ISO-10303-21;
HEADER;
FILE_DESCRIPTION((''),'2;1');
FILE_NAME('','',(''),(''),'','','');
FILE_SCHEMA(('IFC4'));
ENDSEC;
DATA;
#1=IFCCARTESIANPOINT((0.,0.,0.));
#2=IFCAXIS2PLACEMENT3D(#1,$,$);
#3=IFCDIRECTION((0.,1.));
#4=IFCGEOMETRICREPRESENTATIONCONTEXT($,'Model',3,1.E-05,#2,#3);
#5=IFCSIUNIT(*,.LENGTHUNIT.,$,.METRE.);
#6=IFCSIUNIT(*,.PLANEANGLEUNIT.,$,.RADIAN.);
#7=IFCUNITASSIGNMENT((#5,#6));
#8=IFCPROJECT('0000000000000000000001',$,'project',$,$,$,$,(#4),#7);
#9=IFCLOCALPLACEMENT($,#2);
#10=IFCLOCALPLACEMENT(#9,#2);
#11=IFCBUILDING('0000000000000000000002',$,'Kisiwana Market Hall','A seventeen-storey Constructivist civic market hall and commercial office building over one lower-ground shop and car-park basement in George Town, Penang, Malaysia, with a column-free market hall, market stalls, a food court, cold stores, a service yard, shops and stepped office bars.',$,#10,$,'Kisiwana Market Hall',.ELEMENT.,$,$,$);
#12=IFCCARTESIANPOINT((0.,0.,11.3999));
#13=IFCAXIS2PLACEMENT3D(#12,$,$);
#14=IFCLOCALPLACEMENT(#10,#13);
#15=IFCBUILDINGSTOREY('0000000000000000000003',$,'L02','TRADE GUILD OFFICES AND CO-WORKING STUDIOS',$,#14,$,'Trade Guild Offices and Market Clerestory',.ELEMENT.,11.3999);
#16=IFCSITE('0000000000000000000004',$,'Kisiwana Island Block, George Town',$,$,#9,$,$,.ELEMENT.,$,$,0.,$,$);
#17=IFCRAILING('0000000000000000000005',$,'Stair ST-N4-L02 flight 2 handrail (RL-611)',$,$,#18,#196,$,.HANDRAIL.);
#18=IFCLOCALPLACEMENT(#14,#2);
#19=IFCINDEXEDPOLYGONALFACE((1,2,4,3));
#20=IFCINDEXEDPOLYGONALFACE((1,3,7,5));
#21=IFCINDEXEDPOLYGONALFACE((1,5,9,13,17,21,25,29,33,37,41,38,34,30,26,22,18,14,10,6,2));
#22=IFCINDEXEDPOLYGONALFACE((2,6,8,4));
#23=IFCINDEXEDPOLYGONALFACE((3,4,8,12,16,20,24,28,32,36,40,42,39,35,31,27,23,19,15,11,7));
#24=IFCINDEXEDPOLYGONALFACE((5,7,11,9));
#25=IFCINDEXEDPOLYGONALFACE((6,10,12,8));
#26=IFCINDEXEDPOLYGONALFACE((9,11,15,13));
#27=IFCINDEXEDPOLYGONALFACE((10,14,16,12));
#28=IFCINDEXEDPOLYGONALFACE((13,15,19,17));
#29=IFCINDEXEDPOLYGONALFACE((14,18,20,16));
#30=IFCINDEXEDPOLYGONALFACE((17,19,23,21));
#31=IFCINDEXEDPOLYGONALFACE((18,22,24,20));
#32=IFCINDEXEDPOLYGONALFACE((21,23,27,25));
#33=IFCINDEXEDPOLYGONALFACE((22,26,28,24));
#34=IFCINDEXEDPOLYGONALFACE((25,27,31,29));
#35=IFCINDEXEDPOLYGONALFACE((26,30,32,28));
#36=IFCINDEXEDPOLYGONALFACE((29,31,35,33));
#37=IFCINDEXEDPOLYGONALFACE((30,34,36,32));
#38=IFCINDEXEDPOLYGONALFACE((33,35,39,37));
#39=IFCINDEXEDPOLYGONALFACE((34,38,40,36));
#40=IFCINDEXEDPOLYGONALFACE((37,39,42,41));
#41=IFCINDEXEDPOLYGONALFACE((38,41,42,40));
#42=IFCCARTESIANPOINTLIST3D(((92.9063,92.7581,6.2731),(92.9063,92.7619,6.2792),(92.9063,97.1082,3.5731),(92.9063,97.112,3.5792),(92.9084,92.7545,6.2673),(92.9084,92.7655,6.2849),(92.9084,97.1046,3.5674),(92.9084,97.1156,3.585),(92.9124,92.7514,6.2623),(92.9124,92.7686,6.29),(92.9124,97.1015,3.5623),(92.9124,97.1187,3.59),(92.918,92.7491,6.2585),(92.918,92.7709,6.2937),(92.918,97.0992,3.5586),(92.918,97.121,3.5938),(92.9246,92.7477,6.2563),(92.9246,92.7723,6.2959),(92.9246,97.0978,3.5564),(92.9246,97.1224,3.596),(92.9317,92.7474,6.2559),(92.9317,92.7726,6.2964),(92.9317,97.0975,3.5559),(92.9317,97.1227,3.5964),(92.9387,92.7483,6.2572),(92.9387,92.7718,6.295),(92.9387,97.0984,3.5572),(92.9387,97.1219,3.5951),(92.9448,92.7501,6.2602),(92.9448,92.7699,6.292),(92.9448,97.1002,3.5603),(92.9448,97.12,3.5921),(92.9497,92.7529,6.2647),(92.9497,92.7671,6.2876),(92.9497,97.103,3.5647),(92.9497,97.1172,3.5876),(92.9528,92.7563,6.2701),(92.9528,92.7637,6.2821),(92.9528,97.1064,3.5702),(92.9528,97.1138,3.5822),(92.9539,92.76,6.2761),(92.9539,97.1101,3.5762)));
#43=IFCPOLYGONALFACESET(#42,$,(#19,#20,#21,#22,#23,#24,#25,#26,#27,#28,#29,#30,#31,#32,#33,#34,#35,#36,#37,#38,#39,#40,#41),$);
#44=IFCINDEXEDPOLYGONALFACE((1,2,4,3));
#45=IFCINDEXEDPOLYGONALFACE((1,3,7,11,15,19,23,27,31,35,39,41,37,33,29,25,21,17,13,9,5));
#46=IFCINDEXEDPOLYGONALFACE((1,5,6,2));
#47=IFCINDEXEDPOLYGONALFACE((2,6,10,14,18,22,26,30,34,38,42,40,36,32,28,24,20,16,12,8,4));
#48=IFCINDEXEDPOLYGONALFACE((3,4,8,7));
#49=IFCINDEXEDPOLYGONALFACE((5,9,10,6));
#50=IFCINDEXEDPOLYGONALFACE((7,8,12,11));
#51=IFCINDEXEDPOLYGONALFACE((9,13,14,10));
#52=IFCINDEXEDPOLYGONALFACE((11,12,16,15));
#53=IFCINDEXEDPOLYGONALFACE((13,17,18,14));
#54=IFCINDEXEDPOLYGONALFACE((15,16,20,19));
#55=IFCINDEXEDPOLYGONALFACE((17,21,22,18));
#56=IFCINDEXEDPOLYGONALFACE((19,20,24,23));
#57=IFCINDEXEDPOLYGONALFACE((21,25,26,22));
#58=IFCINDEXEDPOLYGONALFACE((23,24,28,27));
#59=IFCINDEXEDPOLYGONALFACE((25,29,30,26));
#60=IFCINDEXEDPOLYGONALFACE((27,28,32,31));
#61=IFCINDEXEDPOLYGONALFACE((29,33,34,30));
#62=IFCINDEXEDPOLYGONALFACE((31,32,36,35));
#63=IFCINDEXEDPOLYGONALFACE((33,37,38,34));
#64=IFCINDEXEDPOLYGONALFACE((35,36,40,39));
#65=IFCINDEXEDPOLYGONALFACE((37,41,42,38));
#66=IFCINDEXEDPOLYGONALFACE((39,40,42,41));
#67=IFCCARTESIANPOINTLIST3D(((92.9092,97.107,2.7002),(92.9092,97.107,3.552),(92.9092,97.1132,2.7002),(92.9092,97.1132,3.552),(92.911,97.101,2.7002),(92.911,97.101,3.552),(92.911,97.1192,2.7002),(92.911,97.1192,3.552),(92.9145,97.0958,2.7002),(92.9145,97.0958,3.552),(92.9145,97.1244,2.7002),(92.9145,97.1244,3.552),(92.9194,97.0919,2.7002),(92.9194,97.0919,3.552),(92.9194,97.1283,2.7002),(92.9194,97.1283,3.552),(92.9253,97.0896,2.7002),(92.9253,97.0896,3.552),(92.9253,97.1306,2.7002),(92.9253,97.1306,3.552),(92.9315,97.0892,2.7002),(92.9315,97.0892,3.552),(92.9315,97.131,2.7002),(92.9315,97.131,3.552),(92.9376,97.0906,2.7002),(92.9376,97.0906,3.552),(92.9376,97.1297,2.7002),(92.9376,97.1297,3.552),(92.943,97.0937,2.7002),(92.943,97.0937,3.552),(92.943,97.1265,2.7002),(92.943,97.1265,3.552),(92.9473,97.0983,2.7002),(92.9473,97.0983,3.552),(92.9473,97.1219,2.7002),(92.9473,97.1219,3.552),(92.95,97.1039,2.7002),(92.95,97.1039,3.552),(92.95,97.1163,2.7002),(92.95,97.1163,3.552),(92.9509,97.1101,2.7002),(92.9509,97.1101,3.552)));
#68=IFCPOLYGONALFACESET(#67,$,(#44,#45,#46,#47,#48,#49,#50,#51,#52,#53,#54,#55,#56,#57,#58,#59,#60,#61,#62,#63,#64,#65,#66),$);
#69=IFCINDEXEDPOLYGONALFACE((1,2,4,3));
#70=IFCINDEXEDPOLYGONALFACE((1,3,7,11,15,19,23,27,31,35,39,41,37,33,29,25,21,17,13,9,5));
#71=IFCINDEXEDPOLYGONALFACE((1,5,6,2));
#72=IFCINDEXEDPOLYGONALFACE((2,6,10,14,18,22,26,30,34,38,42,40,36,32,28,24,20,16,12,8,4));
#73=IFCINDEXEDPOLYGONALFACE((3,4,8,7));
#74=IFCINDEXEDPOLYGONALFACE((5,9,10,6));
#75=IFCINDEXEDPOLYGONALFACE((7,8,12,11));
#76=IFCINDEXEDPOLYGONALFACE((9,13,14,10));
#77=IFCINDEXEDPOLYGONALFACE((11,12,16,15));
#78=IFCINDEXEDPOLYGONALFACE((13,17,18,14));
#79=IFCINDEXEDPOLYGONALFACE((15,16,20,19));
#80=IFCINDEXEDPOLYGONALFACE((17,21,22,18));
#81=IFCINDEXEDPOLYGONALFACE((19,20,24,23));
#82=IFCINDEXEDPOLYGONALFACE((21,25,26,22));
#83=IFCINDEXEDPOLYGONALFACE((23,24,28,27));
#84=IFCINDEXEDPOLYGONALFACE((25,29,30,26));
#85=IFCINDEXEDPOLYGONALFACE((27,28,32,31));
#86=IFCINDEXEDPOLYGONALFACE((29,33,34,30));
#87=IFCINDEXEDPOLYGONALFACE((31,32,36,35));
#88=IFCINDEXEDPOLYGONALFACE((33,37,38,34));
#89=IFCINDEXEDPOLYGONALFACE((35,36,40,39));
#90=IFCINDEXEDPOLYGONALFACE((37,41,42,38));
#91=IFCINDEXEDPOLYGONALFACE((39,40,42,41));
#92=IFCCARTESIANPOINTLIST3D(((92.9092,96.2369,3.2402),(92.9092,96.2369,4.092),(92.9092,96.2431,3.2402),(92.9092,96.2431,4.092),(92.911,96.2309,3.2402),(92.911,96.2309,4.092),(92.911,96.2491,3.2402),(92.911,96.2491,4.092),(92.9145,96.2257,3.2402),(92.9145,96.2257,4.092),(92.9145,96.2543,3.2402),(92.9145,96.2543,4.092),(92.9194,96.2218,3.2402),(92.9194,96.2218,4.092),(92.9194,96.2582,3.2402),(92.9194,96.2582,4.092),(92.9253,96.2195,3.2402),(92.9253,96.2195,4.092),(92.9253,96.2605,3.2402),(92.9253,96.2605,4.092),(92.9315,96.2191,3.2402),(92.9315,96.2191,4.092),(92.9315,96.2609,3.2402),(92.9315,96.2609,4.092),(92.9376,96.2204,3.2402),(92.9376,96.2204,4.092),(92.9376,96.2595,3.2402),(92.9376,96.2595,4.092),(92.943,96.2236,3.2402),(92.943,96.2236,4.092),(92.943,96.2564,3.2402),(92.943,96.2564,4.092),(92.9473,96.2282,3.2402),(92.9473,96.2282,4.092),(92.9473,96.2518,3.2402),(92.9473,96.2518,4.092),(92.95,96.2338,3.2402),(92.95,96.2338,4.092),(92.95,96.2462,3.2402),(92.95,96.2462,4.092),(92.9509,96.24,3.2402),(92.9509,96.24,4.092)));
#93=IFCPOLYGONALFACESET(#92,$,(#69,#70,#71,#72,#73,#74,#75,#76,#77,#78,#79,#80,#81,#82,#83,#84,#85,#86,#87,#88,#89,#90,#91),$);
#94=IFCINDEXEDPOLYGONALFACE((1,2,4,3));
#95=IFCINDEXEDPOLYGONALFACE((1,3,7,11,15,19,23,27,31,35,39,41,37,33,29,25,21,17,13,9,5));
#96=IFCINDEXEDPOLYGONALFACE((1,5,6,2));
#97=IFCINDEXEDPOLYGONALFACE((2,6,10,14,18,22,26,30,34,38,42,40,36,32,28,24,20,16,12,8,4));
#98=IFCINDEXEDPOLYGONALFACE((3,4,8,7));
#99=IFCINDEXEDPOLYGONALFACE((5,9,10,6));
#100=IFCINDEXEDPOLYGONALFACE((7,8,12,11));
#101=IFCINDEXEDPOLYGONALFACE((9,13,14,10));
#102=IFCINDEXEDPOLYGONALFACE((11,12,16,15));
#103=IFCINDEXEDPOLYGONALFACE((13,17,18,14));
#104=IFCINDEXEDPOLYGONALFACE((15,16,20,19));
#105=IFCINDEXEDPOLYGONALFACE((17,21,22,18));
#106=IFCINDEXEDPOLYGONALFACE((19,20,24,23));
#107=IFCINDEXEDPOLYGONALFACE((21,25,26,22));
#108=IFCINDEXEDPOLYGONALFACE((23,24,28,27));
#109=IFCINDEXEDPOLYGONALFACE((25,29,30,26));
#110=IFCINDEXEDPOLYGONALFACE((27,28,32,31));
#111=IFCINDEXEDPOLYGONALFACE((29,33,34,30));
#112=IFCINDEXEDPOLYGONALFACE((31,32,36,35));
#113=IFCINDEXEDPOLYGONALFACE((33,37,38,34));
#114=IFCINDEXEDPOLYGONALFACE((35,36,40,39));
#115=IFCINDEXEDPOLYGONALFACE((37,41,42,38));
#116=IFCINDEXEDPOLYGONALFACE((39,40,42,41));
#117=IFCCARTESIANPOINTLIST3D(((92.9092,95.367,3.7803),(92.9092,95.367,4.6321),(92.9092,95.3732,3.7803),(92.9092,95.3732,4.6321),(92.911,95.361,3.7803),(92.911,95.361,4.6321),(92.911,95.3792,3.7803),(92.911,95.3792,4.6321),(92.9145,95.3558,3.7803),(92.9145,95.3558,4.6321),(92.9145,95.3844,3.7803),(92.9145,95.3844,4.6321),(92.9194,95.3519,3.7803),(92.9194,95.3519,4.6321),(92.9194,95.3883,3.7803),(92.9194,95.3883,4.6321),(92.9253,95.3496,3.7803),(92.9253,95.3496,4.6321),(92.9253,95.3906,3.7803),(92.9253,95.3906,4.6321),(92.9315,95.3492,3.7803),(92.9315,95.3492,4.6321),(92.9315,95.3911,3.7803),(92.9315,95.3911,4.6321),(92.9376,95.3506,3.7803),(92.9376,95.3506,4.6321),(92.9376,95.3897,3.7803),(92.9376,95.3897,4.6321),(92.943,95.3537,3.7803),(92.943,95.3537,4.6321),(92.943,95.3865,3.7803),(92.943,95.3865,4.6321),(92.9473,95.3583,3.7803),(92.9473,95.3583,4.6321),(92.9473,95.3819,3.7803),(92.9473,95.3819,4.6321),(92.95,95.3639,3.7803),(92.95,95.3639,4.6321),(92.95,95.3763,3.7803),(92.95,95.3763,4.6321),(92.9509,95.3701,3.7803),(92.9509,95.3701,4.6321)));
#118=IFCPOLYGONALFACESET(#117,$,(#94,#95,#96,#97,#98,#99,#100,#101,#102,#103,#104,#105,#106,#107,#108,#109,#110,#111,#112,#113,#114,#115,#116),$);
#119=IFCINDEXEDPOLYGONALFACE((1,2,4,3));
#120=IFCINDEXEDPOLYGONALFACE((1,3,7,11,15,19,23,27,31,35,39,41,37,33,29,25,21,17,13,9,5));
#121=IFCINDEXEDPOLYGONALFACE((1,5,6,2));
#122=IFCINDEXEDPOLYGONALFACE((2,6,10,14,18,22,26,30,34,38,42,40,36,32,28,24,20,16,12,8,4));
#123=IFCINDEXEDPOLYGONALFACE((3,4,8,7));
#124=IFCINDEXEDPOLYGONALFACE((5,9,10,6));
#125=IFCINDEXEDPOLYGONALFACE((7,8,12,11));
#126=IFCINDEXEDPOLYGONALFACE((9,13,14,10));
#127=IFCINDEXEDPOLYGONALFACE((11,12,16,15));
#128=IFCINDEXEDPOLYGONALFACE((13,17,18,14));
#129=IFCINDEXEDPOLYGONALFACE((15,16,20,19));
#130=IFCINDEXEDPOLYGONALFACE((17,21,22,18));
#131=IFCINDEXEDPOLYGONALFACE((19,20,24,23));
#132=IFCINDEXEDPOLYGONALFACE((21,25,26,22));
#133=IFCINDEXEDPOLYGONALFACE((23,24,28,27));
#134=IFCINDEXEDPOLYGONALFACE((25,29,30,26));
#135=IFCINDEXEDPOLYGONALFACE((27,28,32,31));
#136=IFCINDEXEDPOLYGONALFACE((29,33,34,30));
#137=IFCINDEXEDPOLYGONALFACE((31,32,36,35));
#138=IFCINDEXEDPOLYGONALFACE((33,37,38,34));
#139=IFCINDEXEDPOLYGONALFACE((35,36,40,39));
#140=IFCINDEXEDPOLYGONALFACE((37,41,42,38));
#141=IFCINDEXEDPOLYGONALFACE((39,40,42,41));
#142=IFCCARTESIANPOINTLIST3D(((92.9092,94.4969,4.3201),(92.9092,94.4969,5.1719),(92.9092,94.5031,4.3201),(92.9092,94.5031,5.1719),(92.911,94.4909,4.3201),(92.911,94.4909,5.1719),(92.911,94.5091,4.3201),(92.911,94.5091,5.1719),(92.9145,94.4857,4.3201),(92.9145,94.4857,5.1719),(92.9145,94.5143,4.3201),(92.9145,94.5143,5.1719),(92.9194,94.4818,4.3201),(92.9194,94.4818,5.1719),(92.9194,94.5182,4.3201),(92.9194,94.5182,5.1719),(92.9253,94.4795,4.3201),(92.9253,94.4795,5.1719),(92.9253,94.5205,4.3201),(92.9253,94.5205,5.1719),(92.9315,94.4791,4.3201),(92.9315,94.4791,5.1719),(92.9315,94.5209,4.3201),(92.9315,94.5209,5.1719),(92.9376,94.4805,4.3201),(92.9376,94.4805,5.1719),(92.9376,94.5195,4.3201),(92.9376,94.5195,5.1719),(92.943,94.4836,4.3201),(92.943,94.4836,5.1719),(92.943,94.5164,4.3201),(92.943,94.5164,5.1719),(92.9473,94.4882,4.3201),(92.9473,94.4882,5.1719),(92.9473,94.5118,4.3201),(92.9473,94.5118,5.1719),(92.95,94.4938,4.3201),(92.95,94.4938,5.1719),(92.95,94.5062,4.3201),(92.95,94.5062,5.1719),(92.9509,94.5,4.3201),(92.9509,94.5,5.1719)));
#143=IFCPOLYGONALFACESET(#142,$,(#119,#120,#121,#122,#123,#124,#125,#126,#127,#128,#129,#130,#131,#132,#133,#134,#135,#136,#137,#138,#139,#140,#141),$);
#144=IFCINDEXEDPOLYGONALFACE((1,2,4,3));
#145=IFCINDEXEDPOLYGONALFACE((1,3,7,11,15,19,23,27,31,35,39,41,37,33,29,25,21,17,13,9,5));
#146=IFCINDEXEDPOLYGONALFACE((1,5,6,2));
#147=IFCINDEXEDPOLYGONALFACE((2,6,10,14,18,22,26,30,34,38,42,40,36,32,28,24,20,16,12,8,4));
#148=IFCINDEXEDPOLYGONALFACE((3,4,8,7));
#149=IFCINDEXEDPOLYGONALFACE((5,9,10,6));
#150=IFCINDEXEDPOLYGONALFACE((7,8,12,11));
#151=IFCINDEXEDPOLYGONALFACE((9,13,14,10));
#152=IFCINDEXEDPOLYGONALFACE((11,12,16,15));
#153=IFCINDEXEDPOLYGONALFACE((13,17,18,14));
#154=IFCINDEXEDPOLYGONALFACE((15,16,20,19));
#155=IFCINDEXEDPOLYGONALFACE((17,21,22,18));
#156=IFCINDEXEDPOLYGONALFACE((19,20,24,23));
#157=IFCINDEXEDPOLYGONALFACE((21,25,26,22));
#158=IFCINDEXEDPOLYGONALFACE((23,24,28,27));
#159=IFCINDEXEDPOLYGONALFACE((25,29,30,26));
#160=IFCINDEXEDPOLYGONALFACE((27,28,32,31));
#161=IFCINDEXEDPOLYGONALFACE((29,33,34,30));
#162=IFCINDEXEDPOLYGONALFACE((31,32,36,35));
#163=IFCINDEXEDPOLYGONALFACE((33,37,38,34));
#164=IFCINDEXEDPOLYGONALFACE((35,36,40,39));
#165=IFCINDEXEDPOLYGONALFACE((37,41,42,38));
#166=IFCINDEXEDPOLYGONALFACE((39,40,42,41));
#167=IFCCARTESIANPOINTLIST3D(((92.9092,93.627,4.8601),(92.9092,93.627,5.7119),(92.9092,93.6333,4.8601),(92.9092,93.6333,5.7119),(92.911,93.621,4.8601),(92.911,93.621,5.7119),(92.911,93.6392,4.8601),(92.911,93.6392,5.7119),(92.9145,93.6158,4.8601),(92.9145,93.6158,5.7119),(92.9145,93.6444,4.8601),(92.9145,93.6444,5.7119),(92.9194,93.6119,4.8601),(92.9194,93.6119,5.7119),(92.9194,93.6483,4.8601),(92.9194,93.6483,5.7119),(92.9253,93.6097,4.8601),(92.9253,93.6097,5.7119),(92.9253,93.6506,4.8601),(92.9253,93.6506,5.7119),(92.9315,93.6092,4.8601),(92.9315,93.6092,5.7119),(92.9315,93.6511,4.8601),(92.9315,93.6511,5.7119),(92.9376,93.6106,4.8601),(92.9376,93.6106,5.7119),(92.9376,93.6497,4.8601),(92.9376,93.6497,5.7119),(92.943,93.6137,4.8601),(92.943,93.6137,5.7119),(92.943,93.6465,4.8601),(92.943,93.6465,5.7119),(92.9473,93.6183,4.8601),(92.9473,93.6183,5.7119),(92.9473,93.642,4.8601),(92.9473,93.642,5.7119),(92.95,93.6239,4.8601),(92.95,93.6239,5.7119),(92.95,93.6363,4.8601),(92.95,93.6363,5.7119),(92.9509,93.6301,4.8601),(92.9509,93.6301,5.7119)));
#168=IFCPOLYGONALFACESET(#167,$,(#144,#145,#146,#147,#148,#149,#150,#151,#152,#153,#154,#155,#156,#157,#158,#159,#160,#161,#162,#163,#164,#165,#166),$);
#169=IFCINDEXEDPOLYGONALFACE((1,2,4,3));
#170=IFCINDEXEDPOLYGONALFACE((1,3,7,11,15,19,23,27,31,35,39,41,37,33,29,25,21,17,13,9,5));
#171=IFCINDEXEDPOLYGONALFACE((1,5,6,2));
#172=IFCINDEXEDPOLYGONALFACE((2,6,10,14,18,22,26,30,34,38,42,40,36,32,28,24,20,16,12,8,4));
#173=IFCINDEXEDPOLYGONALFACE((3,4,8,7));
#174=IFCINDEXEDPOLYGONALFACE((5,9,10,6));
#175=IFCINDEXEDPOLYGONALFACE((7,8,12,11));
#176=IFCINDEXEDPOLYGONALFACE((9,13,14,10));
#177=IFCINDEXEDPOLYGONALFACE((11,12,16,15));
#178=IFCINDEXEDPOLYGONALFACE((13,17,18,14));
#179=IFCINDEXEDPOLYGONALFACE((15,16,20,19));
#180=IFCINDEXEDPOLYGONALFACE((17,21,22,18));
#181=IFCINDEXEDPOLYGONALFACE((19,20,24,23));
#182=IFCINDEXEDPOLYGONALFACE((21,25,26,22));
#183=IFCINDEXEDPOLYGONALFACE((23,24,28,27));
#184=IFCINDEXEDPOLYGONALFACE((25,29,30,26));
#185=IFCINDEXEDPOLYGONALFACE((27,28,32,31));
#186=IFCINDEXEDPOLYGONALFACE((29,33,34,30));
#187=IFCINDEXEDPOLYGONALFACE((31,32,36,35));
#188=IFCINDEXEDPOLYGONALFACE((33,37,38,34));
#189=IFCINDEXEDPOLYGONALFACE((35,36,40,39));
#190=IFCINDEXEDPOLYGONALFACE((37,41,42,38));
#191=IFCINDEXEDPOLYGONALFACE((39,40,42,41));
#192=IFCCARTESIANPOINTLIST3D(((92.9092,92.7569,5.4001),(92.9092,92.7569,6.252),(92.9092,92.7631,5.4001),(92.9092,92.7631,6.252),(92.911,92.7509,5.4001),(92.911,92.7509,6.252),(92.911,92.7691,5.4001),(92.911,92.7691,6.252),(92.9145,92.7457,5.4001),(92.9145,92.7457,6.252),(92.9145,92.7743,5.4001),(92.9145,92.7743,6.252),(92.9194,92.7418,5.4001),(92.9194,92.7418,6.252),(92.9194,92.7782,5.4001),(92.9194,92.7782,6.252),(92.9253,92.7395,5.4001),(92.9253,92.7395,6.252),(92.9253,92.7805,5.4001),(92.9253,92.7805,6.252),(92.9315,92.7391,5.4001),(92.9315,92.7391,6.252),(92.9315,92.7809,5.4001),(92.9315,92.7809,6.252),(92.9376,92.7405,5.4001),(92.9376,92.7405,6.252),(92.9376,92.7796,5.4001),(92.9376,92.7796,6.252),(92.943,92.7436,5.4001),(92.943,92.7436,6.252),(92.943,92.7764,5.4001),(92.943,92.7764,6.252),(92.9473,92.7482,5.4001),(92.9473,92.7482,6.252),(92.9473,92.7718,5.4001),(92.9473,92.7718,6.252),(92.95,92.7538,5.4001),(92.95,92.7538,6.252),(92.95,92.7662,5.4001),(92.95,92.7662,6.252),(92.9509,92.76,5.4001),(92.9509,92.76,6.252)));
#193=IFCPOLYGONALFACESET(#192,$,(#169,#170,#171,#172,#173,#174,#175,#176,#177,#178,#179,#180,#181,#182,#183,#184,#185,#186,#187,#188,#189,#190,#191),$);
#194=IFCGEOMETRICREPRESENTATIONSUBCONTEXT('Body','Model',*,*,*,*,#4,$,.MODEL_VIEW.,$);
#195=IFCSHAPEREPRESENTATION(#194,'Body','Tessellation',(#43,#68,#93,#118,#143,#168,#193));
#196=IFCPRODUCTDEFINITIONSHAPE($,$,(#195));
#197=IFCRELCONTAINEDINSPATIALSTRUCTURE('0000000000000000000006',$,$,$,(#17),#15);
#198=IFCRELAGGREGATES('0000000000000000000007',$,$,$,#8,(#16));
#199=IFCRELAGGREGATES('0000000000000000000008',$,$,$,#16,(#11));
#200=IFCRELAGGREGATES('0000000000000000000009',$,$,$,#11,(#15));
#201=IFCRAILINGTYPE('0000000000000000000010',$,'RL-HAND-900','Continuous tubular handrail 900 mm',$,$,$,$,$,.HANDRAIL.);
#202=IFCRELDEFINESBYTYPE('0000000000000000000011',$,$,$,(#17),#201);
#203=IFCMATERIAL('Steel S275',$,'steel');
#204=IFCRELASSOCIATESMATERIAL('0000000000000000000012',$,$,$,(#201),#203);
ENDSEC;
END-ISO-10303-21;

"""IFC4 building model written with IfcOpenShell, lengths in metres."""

from ifc_helpers import new_model, si_unit, direction, frame, origin, origin_2d, place, context, subcontext, project, spatial, circle, extrude, material, type_object, element, save


model = new_model("IFC4")

# Units and contexts
model_context = context("Model", 3, precision=1e-05, world=origin(), true_north=direction((0.0, 1.0)))
body_context = subcontext(model_context, "Body", "Model", "MODEL_VIEW")
ifc_project = project(units=[si_unit("LENGTHUNIT", "METRE"), si_unit("PLANEANGLEUNIT", "RADIAN")], contexts=[model_context])

# Site, building, storey
site_placement = place(None, origin())
site = spatial("IfcSite", under=ifc_project, at=site_placement, Name="Kisiwana Island Block, George Town", CompositionType="ELEMENT", RefElevation=0.0)
building_placement = place(site_placement, origin())
building = spatial("IfcBuilding", under=site, at=building_placement, Name="Kisiwana Market Hall", Description="A seventeen-storey Constructivist civic market hall and commercial office building over one lower-ground shop and car-park basement in George Town, Penang, Malaysia, with a column-free market hall, market stalls, a food court, cold stores, a service yard, shops and stepped office bars.", LongName="Kisiwana Market Hall", CompositionType="ELEMENT")
storey_placement = place(building_placement, frame((0.0, 0.0, 11.3999)))
storey = spatial("IfcBuildingStorey", under=building, at=storey_placement, Name="L02", Description="TRADE GUILD OFFICES AND CO-WORKING STUDIOS", LongName="Trade Guild Offices and Market Clerestory", CompositionType="ELEMENT", Elevation=11.3999)

# Railing
ifc_material_1 = material(Name="Steel S275", Category="steel")
railing_type_1 = type_object("IfcRailingType", Name="RL-HAND-900", Description="Continuous tubular handrail 900 mm", PredefinedType="HANDRAIL", material=ifc_material_1)
railing_1_placement = place(storey_placement, frame((92.9299, 97.1101, 2.7002)))
element("IfcRailing", 1, at=railing_1_placement, inside=storey, type_object=railing_type_1, Name="Stair ST-N4-L02 flight 2 handrail (RL-611)", PredefinedType="HANDRAIL", context=body_context, shape_type="SweptSolid", body=[
    extrude(circle(Radius=0.0239, at=origin_2d()), frame((0.0, 0.0, 0.876), z_axis=(0.0, -0.84965, 0.527347), x_axis=(1.0, 0.0, 0.0)), (0.0, 0.0, 1.0), 5.1199),
    extrude(circle(Radius=0.021, at=origin_2d()), origin(), (0.0, 0.0, 1.0), 0.8518),
    extrude(circle(Radius=0.021, at=origin_2d()), frame((0.0, -0.8701, 0.54)), (0.0, 0.0, 1.0), 0.8518),
    extrude(circle(Radius=0.021, at=origin_2d()), frame((0.0, -1.74, 1.0801)), (0.0, 0.0, 1.0), 0.8518),
    extrude(circle(Radius=0.021, at=origin_2d()), frame((0.0, -2.6101, 1.6199)), (0.0, 0.0, 1.0), 0.8518),
    extrude(circle(Radius=0.021, at=origin_2d()), frame((0.0, -3.48, 2.1599)), (0.0, 0.0, 1.0), 0.8518),
    extrude(circle(Radius=0.021, at=origin_2d()), frame((0.0, -4.3501, 2.7)), (0.0, 0.0, 1.0), 0.8518),
])

save(model, "model.ifc")
